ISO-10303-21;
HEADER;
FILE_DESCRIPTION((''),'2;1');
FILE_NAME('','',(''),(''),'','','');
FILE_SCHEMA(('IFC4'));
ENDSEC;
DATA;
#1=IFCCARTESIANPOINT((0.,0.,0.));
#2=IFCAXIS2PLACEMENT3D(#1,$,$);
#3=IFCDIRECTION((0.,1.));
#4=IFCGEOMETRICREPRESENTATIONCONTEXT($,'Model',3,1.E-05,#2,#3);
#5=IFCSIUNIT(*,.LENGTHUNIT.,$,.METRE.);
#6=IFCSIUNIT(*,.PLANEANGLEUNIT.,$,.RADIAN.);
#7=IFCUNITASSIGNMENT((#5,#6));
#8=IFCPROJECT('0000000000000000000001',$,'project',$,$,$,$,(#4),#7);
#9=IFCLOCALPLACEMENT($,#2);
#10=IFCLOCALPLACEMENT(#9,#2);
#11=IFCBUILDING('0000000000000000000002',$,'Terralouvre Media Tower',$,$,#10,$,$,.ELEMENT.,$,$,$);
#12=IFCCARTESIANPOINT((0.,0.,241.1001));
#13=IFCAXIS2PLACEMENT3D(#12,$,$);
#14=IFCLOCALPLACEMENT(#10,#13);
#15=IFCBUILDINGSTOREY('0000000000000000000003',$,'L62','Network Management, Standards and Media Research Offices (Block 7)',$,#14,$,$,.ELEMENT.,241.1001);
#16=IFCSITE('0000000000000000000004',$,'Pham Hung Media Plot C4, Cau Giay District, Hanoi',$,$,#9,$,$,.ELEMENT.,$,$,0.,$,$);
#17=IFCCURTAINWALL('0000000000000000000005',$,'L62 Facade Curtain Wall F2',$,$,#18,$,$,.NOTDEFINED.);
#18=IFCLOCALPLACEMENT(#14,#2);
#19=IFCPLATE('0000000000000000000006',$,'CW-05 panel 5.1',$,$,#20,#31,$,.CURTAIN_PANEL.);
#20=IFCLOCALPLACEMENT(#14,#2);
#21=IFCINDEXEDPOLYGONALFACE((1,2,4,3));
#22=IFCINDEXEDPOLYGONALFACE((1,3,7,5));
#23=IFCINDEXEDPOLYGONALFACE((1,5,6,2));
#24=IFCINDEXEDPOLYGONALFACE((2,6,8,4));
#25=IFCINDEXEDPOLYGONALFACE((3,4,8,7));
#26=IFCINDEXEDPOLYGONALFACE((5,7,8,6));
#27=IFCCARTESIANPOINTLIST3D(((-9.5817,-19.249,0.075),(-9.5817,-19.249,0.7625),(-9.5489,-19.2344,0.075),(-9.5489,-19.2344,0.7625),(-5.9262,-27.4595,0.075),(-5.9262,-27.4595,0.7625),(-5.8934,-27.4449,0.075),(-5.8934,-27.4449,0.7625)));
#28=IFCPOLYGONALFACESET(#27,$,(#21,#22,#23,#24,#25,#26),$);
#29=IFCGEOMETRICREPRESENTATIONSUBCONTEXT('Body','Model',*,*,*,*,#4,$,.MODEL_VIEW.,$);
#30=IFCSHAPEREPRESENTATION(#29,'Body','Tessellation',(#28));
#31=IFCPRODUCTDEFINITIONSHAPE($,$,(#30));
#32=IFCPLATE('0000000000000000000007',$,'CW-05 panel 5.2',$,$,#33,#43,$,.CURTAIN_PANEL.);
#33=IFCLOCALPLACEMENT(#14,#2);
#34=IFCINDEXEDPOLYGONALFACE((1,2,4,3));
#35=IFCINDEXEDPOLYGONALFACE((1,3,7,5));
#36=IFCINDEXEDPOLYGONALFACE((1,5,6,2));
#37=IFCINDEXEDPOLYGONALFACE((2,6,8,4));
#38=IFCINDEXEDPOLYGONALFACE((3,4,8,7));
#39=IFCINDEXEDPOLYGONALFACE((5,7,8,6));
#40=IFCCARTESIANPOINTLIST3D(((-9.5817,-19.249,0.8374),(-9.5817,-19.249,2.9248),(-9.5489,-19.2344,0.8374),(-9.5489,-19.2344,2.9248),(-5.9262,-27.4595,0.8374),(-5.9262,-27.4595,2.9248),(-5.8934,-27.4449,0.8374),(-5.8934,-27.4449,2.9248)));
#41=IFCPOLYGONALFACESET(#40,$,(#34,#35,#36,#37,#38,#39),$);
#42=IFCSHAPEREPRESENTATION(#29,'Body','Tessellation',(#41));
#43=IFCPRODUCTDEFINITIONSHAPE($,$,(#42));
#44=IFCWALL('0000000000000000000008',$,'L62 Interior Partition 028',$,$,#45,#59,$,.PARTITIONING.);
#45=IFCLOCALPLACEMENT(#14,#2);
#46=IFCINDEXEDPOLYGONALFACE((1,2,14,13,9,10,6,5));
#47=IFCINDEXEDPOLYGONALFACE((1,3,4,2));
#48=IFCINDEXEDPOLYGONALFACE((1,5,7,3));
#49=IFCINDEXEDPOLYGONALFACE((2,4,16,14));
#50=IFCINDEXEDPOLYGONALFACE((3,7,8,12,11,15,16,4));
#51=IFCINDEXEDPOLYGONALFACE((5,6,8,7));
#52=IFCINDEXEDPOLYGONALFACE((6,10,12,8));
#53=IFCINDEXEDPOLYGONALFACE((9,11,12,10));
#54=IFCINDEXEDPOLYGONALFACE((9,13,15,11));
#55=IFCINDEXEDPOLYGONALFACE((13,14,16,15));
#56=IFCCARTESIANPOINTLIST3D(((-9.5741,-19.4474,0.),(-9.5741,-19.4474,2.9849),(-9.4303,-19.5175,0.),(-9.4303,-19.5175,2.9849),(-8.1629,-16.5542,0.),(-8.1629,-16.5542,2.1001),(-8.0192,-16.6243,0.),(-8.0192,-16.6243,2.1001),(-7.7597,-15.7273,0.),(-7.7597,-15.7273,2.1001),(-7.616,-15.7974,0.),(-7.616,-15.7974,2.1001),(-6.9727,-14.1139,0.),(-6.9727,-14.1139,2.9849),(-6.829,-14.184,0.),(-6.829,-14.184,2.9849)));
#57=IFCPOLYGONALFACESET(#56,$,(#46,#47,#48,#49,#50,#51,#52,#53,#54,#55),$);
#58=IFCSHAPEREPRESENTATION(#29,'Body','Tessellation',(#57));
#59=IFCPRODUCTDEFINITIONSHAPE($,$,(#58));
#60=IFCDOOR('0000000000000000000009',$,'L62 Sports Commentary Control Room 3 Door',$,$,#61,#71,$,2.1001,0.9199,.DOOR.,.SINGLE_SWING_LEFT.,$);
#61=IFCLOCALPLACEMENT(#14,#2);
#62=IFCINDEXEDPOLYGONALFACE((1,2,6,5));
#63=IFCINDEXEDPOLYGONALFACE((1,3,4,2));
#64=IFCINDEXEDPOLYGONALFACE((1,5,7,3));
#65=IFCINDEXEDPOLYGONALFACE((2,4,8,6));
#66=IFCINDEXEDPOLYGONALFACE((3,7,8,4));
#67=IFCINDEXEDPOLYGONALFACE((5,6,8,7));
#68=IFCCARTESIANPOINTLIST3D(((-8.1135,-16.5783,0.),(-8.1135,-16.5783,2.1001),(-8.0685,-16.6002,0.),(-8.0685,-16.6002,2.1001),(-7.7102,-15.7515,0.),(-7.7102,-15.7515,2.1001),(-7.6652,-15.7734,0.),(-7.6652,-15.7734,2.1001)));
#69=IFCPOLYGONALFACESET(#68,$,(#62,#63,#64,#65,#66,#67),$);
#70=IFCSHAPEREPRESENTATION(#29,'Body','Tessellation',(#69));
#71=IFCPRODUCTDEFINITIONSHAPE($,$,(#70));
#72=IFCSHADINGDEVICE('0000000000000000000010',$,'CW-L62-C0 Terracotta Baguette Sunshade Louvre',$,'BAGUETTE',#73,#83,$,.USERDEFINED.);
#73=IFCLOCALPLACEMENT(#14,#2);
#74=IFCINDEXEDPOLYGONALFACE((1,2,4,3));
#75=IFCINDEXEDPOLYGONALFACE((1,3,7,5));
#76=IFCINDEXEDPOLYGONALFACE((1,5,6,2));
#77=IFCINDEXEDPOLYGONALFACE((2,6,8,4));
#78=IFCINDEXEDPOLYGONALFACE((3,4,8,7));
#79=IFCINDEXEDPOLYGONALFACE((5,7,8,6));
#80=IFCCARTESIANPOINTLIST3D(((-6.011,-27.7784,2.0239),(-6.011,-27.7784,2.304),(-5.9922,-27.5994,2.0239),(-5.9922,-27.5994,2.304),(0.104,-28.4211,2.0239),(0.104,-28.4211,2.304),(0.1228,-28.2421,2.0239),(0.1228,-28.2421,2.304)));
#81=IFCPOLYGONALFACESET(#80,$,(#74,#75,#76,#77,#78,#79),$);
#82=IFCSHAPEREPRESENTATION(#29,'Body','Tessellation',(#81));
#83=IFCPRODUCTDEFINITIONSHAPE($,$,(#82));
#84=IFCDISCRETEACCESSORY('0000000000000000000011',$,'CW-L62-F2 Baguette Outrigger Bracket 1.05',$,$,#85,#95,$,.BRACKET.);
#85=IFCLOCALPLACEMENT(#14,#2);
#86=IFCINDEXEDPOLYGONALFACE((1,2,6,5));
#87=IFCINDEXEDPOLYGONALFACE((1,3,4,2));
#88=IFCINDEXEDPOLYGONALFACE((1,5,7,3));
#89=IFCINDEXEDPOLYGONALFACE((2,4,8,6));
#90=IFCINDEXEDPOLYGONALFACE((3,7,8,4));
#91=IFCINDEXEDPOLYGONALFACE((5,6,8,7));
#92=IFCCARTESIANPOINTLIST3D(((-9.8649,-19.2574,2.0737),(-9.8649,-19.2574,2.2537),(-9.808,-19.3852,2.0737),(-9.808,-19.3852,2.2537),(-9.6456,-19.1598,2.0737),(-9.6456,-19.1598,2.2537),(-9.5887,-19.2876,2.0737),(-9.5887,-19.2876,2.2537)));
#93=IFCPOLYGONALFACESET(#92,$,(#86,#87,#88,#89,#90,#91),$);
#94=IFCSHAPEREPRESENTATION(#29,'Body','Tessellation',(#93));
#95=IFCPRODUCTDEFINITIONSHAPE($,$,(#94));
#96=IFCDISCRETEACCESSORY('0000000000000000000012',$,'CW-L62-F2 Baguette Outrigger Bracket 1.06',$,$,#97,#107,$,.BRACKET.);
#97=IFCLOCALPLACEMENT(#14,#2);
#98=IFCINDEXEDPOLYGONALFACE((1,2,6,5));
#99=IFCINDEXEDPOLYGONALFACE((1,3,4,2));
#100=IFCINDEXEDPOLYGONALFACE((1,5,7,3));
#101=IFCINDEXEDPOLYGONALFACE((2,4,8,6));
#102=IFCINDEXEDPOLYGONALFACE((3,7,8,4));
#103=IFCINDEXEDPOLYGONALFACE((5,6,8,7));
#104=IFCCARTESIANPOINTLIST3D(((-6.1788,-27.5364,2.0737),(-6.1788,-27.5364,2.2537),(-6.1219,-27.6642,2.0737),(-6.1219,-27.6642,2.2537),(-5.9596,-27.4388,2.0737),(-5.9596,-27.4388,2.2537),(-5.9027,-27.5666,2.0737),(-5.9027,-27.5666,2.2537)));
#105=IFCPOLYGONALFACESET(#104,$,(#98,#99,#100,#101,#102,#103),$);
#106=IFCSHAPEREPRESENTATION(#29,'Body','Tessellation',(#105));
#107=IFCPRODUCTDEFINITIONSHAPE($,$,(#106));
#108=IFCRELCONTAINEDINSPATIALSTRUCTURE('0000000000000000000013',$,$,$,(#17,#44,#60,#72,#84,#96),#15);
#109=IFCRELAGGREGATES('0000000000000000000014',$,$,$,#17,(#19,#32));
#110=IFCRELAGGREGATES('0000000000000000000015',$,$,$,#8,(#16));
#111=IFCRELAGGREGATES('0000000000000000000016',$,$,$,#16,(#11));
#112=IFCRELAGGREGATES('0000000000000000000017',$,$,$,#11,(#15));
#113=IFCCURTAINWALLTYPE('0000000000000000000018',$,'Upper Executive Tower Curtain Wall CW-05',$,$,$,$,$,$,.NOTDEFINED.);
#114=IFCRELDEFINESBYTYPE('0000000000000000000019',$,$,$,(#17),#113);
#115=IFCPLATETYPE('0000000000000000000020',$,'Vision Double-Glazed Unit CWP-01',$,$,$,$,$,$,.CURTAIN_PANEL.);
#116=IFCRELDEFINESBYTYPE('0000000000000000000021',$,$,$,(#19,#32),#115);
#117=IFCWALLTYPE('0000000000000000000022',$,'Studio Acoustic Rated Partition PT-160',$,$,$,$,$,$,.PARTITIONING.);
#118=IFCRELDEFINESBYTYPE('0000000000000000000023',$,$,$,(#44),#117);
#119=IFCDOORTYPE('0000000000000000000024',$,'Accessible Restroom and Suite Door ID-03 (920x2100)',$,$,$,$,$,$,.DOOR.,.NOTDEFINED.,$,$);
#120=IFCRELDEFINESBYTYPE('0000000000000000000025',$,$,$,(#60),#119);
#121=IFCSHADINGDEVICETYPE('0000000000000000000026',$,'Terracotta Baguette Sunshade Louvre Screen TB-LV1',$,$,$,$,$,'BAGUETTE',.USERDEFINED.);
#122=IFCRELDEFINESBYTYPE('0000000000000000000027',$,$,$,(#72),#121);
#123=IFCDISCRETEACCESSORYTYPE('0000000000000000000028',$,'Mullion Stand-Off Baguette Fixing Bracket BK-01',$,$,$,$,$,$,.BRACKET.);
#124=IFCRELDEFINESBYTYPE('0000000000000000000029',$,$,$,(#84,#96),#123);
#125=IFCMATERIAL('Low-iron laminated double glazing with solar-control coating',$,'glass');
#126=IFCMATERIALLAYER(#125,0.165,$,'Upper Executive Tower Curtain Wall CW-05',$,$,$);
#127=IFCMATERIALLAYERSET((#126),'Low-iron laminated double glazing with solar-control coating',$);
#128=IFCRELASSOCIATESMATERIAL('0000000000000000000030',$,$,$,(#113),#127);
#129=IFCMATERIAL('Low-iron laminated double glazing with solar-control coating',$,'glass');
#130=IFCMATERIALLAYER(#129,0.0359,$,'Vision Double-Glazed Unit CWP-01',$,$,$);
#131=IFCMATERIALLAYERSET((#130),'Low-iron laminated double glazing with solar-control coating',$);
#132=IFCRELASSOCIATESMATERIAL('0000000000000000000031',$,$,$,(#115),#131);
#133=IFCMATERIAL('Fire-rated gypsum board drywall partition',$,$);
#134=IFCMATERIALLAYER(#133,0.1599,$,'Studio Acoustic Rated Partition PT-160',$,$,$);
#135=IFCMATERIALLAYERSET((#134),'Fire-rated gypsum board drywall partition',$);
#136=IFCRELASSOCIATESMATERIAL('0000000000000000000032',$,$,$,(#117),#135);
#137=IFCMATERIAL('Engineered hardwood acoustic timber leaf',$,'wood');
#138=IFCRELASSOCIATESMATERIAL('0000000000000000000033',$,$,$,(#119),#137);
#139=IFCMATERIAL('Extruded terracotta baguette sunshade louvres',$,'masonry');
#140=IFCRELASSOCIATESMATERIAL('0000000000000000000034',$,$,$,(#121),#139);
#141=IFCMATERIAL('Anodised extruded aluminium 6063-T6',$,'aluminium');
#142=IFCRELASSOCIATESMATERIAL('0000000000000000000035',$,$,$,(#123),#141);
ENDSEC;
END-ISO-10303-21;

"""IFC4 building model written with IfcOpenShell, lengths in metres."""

from ifc_helpers import new_model, si_unit, direction, frame, frame_2d, origin, origin_2d, place, context, subcontext, project, spatial, rectangle, extrude, material, layer, layer_set, type_object, element, fill, aggregate, save


model = new_model("IFC4")

# Units and contexts
model_context = context("Model", 3, precision=1e-05, world=origin(), true_north=direction((0.0, 1.0)))
body_context = subcontext(model_context, "Body", "Model", "MODEL_VIEW")
ifc_project = project(units=[si_unit("LENGTHUNIT", "METRE"), si_unit("PLANEANGLEUNIT", "RADIAN")], contexts=[model_context])

# Site, building, storey
site_placement = place(None, origin())
site = spatial("IfcSite", under=ifc_project, at=site_placement, Name="Pham Hung Media Plot C4, Cau Giay District, Hanoi", CompositionType="ELEMENT", RefElevation=0.0)
building_placement = place(site_placement, origin())
building = spatial("IfcBuilding", under=site, at=building_placement, Name="Terralouvre Media Tower", CompositionType="ELEMENT")
storey_placement = place(building_placement, frame((0.0, 0.0, 241.1001)))
storey = spatial("IfcBuildingStorey", under=building, at=storey_placement, Name="L62", Description="Network Management, Standards and Media Research Offices (Block 7)", CompositionType="ELEMENT", Elevation=241.1001)

# Curtain wall
ifc_material_1 = material(Name="Low-iron laminated double glazing with solar-control coating", Category="glass")
ifc_layer_1 = layer(ifc_material_1, 0.165, Name="Upper Executive Tower Curtain Wall CW-05")
ifc_layer_set_1 = layer_set([ifc_layer_1], Name="Low-iron laminated double glazing with solar-control coating")
curtain_wall_type_1 = type_object("IfcCurtainWallType", Name="Upper Executive Tower Curtain Wall CW-05", PredefinedType="NOTDEFINED", material=ifc_layer_set_1)
curtain_wall_1_placement = place(storey_placement, origin())
curtain_wall_1 = element("IfcCurtainWall", 1, at=curtain_wall_1_placement, inside=storey, type_object=curtain_wall_type_1, Name="L62 Facade Curtain Wall F2", PredefinedType="NOTDEFINED")

# Plates
ifc_material_2 = material(Name="Low-iron laminated double glazing with solar-control coating", Category="glass")
ifc_layer_2 = layer(ifc_material_2, 0.0359, Name="Vision Double-Glazed Unit CWP-01")
ifc_layer_set_2 = layer_set([ifc_layer_2], Name="Low-iron laminated double glazing with solar-control coating")
plate_type_1 = type_object("IfcPlateType", Name="Vision Double-Glazed Unit CWP-01", PredefinedType="CURTAIN_PANEL", material=ifc_layer_set_2)
plate_1_placement = place(storey_placement, frame((-7.7375, -23.3469, 0.075), z_axis=(0.0, 0.0, 1.0), x_axis=(0.406737, -0.913545, 0.0)))
plate_1 = element("IfcPlate", 2, at=plate_1_placement, type_object=plate_type_1, Name="CW-05 panel 5.1", PredefinedType="CURTAIN_PANEL", context=body_context, shape_type="SweptSolid", body=[
    extrude(rectangle(XDim=8.9875, YDim=0.0359, at=origin_2d()), origin(), (0.0, 0.0, 1.0), 0.6875),
])
plate_2_placement = place(storey_placement, frame((-7.7375, -23.3469, 0.8374), z_axis=(0.0, 0.0, 1.0), x_axis=(0.406737, -0.913545, 0.0)))
plate_2 = element("IfcPlate", 3, at=plate_2_placement, type_object=plate_type_1, Name="CW-05 panel 5.2", PredefinedType="CURTAIN_PANEL", context=body_context, shape_type="SweptSolid", body=[
    extrude(rectangle(XDim=8.9875, YDim=0.0359, at=origin_2d()), origin(), (0.0, 0.0, 1.0), 2.0874),
])
aggregate(curtain_wall_1, [plate_1, plate_2])

# Wall, opening, door
ifc_material_3 = material(Name="Fire-rated gypsum board drywall partition")
ifc_layer_3 = layer(ifc_material_3, 0.1599, Name="Studio Acoustic Rated Partition PT-160")
ifc_layer_set_3 = layer_set([ifc_layer_3], Name="Fire-rated gypsum board drywall partition")
wall_type = type_object("IfcWallType", Name="Studio Acoustic Rated Partition PT-160", PredefinedType="PARTITIONING", material=ifc_layer_set_3)
wall_placement = place(storey_placement, frame((-9.5022, -19.4824, 0.0), z_axis=(0.0, 0.0, 1.0), x_axis=(0.438371, 0.898794, 0.0)))
wall = element("IfcWall", 4, at=wall_placement, inside=storey, type_object=wall_type, Name="L62 Interior Partition 028", PredefinedType="PARTITIONING", context=body_context, shape_type="SweptSolid", body=[
    extrude(rectangle(XDim=5.9341, YDim=0.1599, at=frame_2d((2.967, 0.0))), origin(), (0.0, 0.0, 1.0), 2.9849),
])
opening_placement = place(wall_placement, frame((3.219, 0.0, 0.0)))
opening = element("IfcOpeningElement", 5, at=opening_placement, cuts=wall, PredefinedType="OPENING", context=body_context, shape_type="SweptSolid", body=[
    extrude(rectangle(XDim=0.9199, YDim=2.1001, at=frame_2d((0.46, 1.05))), frame((0.0, 0.0898, 0.0), z_axis=(0.0, -1.0, 0.0), x_axis=(1.0, 0.0, 0.0)), (0.0, 0.0, 1.0), 0.1799),
])
ifc_material_4 = material(Name="Engineered hardwood acoustic timber leaf", Category="wood")
door_type = type_object("IfcDoorType", Name="Accessible Restroom and Suite Door ID-03 (920x2100)", OperationType="NOTDEFINED", PredefinedType="DOOR", material=ifc_material_4)
door_placement = place(opening_placement, origin())
door = element("IfcDoor", 6, at=door_placement, inside=storey, type_object=door_type, Name="L62 Sports Commentary Control Room 3 Door", OperationType="SINGLE_SWING_LEFT", OverallHeight=2.1001, OverallWidth=0.9199, PredefinedType="DOOR", context=body_context, shape_type="SweptSolid", body=[
    extrude(rectangle(XDim=0.9199, YDim=2.1001, at=frame_2d((0.46, 1.05))), frame((0.0, 0.0249, 0.0), z_axis=(0.0, -1.0, 0.0), x_axis=(1.0, 0.0, 0.0)), (0.0, 0.0, 1.0), 0.05),
])
fill(opening, door)

# Shading device
ifc_material_5 = material(Name="Extruded terracotta baguette sunshade louvres", Category="masonry")
shading_device_type = type_object("IfcShadingDeviceType", Name="Terracotta Baguette Sunshade Louvre Screen TB-LV1", ElementType="BAGUETTE", PredefinedType="USERDEFINED", material=ifc_material_5)
shading_device_placement = place(storey_placement, frame((-2.9441, -28.0103, 2.0239), z_axis=(0.0, 0.0, 1.0), x_axis=(0.994522, -0.104528, 0.0)))
element("IfcShadingDevice", 7, at=shading_device_placement, inside=storey, type_object=shading_device_type, Name="CW-L62-C0 Terracotta Baguette Sunshade Louvre", ObjectType="BAGUETTE", PredefinedType="USERDEFINED", context=body_context, shape_type="SweptSolid", body=[
    extrude(rectangle(XDim=6.1487, YDim=0.1799, at=origin_2d()), origin(), (0.0, 0.0, 1.0), 0.28),
])

# Discrete accessories
ifc_material_6 = material(Name="Anodised extruded aluminium 6063-T6", Category="aluminium")
discrete_accessory_type = type_object("IfcDiscreteAccessoryType", Name="Mullion Stand-Off Baguette Fixing Bracket BK-01", PredefinedType="BRACKET", material=ifc_material_6)
for number, where, z_axis, x_axis, name in (
    (8, (-9.7268, -19.2725, 2.0737), (0.0, 0.0, 1.0), (0.406737, -0.913545, 0.0), "CW-L62-F2 Baguette Outrigger Bracket 1.05"),
    (9, (-6.0408, -27.5515, 2.0737), (0.0, 0.0, 1.0), (0.406737, -0.913545, 0.0), "CW-L62-F2 Baguette Outrigger Bracket 1.06"),
):
    element("IfcDiscreteAccessory", number, at=place(storey_placement, frame(where, z_axis=z_axis, x_axis=x_axis)), inside=storey, type_object=discrete_accessory_type, Name=name, PredefinedType="BRACKET", context=body_context, shape_type="SweptSolid", body=[
        extrude(rectangle(XDim=0.1399, YDim=0.24, at=origin_2d()), origin(), (0.0, 0.0, 1.0), 0.1799),
    ])

save(model, "model.ifc")
